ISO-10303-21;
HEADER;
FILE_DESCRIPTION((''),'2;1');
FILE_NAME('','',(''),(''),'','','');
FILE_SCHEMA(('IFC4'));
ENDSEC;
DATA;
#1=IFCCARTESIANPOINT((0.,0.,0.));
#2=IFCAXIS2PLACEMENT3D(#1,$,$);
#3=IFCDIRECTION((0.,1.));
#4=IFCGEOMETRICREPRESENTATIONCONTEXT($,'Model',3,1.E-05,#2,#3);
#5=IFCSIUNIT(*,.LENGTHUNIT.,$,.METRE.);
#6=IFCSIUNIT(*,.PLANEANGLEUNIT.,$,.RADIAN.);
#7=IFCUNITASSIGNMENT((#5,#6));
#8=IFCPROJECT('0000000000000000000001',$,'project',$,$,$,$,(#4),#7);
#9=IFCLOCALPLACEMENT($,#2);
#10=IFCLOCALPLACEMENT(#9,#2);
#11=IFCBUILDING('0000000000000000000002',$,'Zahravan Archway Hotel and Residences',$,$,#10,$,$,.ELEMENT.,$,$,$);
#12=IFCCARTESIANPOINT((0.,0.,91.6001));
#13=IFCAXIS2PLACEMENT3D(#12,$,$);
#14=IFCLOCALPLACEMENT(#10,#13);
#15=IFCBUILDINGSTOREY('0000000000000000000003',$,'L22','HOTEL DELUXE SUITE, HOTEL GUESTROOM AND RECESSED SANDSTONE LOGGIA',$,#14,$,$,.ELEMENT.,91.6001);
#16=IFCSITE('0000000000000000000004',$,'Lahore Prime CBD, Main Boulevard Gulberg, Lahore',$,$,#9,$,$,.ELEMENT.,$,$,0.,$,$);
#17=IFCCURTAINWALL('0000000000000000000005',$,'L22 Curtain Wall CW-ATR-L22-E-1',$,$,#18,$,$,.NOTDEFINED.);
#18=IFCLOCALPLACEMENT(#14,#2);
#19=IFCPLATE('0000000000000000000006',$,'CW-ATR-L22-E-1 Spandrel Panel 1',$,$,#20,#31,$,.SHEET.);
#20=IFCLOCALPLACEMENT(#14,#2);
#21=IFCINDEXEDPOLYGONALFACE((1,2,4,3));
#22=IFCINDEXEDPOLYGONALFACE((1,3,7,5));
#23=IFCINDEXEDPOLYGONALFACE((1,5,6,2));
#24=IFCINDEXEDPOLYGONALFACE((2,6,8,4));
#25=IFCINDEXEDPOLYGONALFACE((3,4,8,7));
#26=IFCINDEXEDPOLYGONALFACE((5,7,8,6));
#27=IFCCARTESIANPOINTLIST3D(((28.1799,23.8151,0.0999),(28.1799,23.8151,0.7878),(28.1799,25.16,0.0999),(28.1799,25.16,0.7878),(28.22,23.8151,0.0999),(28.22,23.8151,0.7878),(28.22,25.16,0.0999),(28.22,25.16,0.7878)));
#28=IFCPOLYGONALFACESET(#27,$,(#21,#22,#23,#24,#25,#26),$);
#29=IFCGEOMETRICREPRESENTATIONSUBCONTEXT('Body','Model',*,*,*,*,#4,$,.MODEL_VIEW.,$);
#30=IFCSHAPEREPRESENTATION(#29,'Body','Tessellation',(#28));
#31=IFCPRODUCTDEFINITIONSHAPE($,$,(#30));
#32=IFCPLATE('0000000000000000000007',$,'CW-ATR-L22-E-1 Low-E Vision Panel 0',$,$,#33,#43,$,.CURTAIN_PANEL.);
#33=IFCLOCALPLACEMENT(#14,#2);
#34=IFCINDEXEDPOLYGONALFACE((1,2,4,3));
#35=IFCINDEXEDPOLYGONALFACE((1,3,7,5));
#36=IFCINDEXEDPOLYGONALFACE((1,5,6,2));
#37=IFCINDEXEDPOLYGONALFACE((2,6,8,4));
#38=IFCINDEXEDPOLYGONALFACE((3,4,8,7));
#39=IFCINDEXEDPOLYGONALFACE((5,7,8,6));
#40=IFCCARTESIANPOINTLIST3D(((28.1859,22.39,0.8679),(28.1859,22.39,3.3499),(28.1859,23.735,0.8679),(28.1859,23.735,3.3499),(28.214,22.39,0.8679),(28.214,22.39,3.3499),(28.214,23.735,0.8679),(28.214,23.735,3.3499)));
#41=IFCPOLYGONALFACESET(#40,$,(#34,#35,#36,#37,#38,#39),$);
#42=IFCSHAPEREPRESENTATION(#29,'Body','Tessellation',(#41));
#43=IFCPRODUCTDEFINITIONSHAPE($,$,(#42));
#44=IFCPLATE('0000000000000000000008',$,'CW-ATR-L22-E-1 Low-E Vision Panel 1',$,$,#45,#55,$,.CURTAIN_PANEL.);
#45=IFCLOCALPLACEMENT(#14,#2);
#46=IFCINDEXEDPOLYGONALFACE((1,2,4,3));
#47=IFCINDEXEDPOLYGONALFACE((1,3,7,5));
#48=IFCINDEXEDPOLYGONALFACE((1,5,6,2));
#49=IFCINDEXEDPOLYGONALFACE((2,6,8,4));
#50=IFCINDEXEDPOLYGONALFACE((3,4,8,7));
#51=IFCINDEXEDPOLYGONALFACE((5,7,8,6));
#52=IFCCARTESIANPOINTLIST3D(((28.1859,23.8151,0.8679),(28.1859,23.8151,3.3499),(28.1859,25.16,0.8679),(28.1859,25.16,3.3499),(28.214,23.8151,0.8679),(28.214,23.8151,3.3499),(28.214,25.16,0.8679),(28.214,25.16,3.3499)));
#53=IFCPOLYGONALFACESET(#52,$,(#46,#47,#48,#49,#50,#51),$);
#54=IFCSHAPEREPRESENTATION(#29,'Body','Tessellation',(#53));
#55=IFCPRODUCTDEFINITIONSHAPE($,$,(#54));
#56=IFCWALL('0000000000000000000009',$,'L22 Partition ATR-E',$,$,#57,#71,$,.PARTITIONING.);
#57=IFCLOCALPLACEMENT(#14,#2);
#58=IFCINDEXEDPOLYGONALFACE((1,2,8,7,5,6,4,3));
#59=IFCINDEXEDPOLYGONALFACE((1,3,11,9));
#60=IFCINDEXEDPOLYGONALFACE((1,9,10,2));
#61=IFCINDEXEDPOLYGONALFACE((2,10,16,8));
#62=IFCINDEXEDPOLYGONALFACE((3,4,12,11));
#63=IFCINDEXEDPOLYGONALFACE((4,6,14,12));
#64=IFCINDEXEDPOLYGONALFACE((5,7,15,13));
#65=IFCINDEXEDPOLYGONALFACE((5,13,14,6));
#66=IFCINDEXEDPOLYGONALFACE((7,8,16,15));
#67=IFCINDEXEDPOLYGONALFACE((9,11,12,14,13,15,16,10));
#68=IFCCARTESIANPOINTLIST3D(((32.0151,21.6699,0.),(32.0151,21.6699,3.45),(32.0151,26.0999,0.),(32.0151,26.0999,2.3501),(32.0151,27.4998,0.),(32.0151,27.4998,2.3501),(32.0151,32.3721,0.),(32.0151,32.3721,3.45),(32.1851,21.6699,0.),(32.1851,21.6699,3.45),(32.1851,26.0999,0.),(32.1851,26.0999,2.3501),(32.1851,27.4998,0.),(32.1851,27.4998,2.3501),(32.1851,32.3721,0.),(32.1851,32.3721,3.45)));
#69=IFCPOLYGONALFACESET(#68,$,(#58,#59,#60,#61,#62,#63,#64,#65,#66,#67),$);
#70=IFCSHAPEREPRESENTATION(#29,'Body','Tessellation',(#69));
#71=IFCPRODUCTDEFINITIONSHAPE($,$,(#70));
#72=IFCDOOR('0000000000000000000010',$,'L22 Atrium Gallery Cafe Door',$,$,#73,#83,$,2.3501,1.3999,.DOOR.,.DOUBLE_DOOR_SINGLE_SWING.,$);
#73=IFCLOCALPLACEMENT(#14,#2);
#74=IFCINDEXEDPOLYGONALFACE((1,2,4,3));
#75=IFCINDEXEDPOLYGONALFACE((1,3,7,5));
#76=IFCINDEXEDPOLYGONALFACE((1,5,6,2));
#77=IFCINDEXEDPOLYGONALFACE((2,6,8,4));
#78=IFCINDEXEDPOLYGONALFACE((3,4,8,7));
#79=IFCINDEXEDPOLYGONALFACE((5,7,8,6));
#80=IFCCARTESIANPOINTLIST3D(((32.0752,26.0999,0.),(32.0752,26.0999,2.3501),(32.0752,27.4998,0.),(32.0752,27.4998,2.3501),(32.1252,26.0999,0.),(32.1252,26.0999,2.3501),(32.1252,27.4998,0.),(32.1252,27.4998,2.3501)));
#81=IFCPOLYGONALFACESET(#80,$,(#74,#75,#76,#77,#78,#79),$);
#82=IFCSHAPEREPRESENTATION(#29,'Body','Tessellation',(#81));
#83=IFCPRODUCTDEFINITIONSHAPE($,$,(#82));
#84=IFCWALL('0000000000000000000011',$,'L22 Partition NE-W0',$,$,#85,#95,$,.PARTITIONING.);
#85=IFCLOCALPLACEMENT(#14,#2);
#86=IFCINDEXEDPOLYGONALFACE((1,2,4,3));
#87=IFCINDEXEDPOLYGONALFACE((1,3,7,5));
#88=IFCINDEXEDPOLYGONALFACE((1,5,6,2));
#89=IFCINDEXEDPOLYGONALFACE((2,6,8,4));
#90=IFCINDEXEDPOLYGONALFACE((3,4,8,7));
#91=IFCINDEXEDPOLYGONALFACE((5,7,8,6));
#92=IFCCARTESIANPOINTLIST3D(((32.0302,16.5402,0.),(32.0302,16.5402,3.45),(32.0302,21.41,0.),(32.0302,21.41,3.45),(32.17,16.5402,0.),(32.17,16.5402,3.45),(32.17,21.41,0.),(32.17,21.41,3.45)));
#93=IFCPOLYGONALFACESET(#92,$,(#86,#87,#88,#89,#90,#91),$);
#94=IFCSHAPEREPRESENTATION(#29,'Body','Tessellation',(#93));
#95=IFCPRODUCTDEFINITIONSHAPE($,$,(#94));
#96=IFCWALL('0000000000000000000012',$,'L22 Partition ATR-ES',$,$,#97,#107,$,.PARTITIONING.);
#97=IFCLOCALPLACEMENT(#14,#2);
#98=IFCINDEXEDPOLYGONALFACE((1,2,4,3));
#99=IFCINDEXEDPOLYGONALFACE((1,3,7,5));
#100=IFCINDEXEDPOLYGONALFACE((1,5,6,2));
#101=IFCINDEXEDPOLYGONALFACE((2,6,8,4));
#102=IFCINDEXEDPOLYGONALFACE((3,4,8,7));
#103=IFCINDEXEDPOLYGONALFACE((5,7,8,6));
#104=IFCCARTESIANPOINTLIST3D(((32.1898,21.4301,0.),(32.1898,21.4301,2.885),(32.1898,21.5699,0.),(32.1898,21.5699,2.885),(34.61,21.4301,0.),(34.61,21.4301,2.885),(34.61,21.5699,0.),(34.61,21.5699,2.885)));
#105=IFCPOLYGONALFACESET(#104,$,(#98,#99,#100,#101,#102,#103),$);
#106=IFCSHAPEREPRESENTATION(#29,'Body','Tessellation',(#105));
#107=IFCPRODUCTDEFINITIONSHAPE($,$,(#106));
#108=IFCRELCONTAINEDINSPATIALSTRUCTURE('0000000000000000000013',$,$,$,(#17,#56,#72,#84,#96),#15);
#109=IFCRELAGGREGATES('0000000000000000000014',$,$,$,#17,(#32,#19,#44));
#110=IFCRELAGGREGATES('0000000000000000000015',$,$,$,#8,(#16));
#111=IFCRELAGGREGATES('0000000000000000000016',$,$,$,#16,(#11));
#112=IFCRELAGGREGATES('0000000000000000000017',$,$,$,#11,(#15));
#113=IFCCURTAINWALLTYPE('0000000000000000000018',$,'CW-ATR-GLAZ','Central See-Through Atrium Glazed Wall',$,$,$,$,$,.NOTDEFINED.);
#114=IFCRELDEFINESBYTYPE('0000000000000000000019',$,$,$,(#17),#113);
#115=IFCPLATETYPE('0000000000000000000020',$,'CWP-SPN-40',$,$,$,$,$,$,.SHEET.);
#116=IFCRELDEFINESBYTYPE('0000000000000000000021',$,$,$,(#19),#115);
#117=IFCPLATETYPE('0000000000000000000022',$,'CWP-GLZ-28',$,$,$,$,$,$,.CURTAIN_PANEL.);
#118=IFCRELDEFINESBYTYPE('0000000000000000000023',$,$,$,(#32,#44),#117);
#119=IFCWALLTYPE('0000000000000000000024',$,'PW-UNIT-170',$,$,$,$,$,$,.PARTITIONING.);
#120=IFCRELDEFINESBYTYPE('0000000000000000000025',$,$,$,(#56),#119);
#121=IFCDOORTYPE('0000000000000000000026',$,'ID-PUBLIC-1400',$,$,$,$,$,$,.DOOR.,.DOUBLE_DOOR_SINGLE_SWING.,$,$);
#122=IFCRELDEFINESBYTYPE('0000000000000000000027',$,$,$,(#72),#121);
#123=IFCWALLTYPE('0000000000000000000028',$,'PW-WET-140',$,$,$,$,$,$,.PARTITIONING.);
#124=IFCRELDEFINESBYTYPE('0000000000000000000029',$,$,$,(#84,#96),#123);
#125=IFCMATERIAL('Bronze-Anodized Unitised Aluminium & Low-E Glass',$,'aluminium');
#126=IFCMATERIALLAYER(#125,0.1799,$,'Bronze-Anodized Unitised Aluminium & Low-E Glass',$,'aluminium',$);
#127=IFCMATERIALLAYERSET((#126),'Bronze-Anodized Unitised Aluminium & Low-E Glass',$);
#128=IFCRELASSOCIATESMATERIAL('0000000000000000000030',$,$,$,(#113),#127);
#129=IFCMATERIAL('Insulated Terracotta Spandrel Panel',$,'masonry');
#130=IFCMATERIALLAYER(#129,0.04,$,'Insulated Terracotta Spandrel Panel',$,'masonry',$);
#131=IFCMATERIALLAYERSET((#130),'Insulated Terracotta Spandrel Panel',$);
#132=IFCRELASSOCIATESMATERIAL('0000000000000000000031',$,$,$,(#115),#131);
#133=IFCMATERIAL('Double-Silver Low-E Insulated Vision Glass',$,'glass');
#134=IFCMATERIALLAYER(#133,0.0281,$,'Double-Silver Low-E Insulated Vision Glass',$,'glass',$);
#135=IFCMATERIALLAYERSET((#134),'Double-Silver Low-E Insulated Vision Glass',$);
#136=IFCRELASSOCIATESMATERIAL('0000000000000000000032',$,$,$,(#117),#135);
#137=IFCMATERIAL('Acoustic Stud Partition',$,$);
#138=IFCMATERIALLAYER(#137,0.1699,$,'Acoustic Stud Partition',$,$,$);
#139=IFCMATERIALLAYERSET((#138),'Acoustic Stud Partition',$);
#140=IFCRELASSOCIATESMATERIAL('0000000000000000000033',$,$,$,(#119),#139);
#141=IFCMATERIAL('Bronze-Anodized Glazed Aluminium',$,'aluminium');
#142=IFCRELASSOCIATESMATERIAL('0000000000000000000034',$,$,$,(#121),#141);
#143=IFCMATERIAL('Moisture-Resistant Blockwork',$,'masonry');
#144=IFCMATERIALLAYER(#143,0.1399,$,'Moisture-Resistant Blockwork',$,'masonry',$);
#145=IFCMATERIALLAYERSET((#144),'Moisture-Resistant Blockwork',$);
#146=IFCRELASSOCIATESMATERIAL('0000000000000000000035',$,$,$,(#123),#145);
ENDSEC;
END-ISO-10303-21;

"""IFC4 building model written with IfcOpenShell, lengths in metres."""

from ifc_helpers import new_model, si_unit, direction, frame, frame_2d, origin, origin_2d, place, context, subcontext, project, spatial, rectangle, extrude, source, transform, mapped, material, layer, layer_set, type_object, type_shapes, element, fill, aggregate, save


model = new_model("IFC4")

# Units and contexts
model_context = context("Model", 3, precision=1e-05, world=origin(), true_north=direction((0.0, 1.0)))
body_context = subcontext(model_context, "Body", "Model", "MODEL_VIEW")
ifc_project = project(units=[si_unit("LENGTHUNIT", "METRE"), si_unit("PLANEANGLEUNIT", "RADIAN")], contexts=[model_context])

# Site, building, storey
site_placement = place(None, origin())
site = spatial("IfcSite", under=ifc_project, at=site_placement, Name="Lahore Prime CBD, Main Boulevard Gulberg, Lahore", CompositionType="ELEMENT", RefElevation=0.0)
building_placement = place(site_placement, origin())
building = spatial("IfcBuilding", under=site, at=building_placement, Name="Zahravan Archway Hotel and Residences", CompositionType="ELEMENT")
storey_placement = place(building_placement, frame((0.0, 0.0, 91.6001)))
storey = spatial("IfcBuildingStorey", under=building, at=storey_placement, Name="L22", Description="HOTEL DELUXE SUITE, HOTEL GUESTROOM AND RECESSED SANDSTONE LOGGIA", CompositionType="ELEMENT", Elevation=91.6001)

# Curtain wall
ifc_material_1 = material(Name="Bronze-Anodized Unitised Aluminium & Low-E Glass", Category="aluminium")
ifc_layer_1 = layer(ifc_material_1, 0.1799, Name="Bronze-Anodized Unitised Aluminium & Low-E Glass", Category="aluminium")
ifc_layer_set_1 = layer_set([ifc_layer_1], Name="Bronze-Anodized Unitised Aluminium & Low-E Glass")
curtain_wall_type = type_object("IfcCurtainWallType", Name="CW-ATR-GLAZ", Description="Central See-Through Atrium Glazed Wall", PredefinedType="NOTDEFINED", material=ifc_layer_set_1)
curtain_wall_1_placement = place(storey_placement, origin())
curtain_wall_1 = element("IfcCurtainWall", 1, at=curtain_wall_1_placement, inside=storey, type_object=curtain_wall_type, Name="L22 Curtain Wall CW-ATR-L22-E-1", PredefinedType="NOTDEFINED")

# Plates
ifc_material_2 = material(Name="Insulated Terracotta Spandrel Panel", Category="masonry")
ifc_layer_2 = layer(ifc_material_2, 0.04, Name="Insulated Terracotta Spandrel Panel", Category="masonry")
ifc_layer_set_2 = layer_set([ifc_layer_2], Name="Insulated Terracotta Spandrel Panel")
plate_type_1 = type_object("IfcPlateType", Name="CWP-SPN-40", PredefinedType="SHEET", material=ifc_layer_set_2)
ifc_material_3 = material(Name="Double-Silver Low-E Insulated Vision Glass", Category="glass")
ifc_layer_3 = layer(ifc_material_3, 0.0281, Name="Double-Silver Low-E Insulated Vision Glass", Category="glass")
ifc_layer_set_3 = layer_set([ifc_layer_3], Name="Double-Silver Low-E Insulated Vision Glass")
plate_type_2 = type_object("IfcPlateType", Name="CWP-GLZ-28", PredefinedType="CURTAIN_PANEL", material=ifc_layer_set_3)
shared_shape_1 = source(origin(), body_context, "Body", "SweptSolid", [
    extrude(rectangle(XDim=1.345, YDim=0.04, at=origin_2d()), origin(), (0.0, 0.0, 1.0), 0.688),
])
plate_1_placement = place(storey_placement, frame((28.2, 24.4875, 0.0999), z_axis=(0.0, 0.0, 1.0), x_axis=(0.0, 1.0, 0.0)))
plate_1 = element("IfcPlate", 2, at=plate_1_placement, type_object=plate_type_1, Name="CW-ATR-L22-E-1 Spandrel Panel 1", PredefinedType="SHEET", context=body_context, shape_type="MappedRepresentation", body=[
    mapped(shared_shape_1, transform((0.0, 0.0, 0.0), scale=1.0)),
])
shared_shape_2 = source(origin(), body_context, "Body", "SweptSolid", [
    extrude(rectangle(XDim=1.345, YDim=0.0281, at=origin_2d()), origin(), (0.0, 0.0, 1.0), 2.4819),
])
plate_2_placement = place(storey_placement, frame((28.2, 23.0625, 0.8679), z_axis=(0.0, 0.0, 1.0), x_axis=(0.0, 1.0, 0.0)))
plate_2 = element("IfcPlate", 3, at=plate_2_placement, type_object=plate_type_2, Name="CW-ATR-L22-E-1 Low-E Vision Panel 0", PredefinedType="CURTAIN_PANEL", context=body_context, shape_type="MappedRepresentation", body=[
    mapped(shared_shape_2, transform((0.0, 0.0, 0.0), scale=1.0)),
])
plate_3_placement = place(storey_placement, frame((28.2, 24.4875, 0.8679), z_axis=(0.0, 0.0, 1.0), x_axis=(0.0, 1.0, 0.0)))
plate_3 = element("IfcPlate", 4, at=plate_3_placement, type_object=plate_type_2, Name="CW-ATR-L22-E-1 Low-E Vision Panel 1", PredefinedType="CURTAIN_PANEL", context=body_context, shape_type="MappedRepresentation", body=[
    mapped(shared_shape_2, transform((0.0, 0.0, 0.0), scale=1.0)),
])
aggregate(curtain_wall_1, [plate_2, plate_1, plate_3])

# Wall, opening, door
ifc_material_4 = material(Name="Acoustic Stud Partition")
ifc_layer_4 = layer(ifc_material_4, 0.1699, Name="Acoustic Stud Partition")
ifc_layer_set_4 = layer_set([ifc_layer_4], Name="Acoustic Stud Partition")
wall_type_1 = type_object("IfcWallType", Name="PW-UNIT-170", PredefinedType="PARTITIONING", material=ifc_layer_set_4)
wall_1_placement = place(storey_placement, frame((32.1001, 21.6699, 0.0), z_axis=(0.0, 0.0, 1.0), x_axis=(0.0, 1.0, 0.0)))
wall_1 = element("IfcWall", 5, at=wall_1_placement, inside=storey, type_object=wall_type_1, Name="L22 Partition ATR-E", PredefinedType="PARTITIONING", context=body_context, shape_type="SweptSolid", body=[
    extrude(rectangle(XDim=10.7021, YDim=0.1699, at=frame_2d((5.3511, 0.0))), origin(), (0.0, 0.0, 1.0), 3.45),
])
opening_placement = place(wall_1_placement, frame((4.4299, 0.0, 0.0)))
opening = element("IfcOpeningElement", 6, at=opening_placement, cuts=wall_1, PredefinedType="OPENING", context=body_context, shape_type="SweptSolid", body=[
    extrude(rectangle(XDim=1.3999, YDim=2.3501, at=frame_2d((0.7, 1.175))), frame((0.0, 0.095, 0.0), z_axis=(0.0, -1.0, 0.0), x_axis=(1.0, 0.0, 0.0)), (0.0, 0.0, 1.0), 0.1899),
])
ifc_material_5 = material(Name="Bronze-Anodized Glazed Aluminium", Category="aluminium")
door_type = type_object("IfcDoorType", Name="ID-PUBLIC-1400", OperationType="DOUBLE_DOOR_SINGLE_SWING", PredefinedType="DOOR", material=ifc_material_5)
shared_shape_3 = source(origin(), body_context, "Body", "SweptSolid", [
    extrude(rectangle(XDim=1.3999, YDim=2.3501, at=frame_2d((0.7, 1.175))), frame((0.0, 0.0249, 0.0), z_axis=(0.0, -1.0, 0.0), x_axis=(1.0, 0.0, 0.0)), (0.0, 0.0, 1.0), 0.05),
])
type_shapes(door_type, [shared_shape_3])
door_placement = place(opening_placement, origin())
door = element("IfcDoor", 7, at=door_placement, inside=storey, type_object=door_type, Name="L22 Atrium Gallery Cafe Door", OperationType="DOUBLE_DOOR_SINGLE_SWING", OverallHeight=2.3501, OverallWidth=1.3999, PredefinedType="DOOR", context=body_context, shape_type="MappedRepresentation", body=[
    mapped(shared_shape_3, transform((0.0, 0.0, 0.0), scale=1.0)),
])
fill(opening, door)

# Walls
ifc_material_6 = material(Name="Moisture-Resistant Blockwork", Category="masonry")
ifc_layer_5 = layer(ifc_material_6, 0.1399, Name="Moisture-Resistant Blockwork", Category="masonry")
ifc_layer_set_5 = layer_set([ifc_layer_5], Name="Moisture-Resistant Blockwork")
wall_type_2 = type_object("IfcWallType", Name="PW-WET-140", PredefinedType="PARTITIONING", material=ifc_layer_set_5)
wall_2_placement = place(storey_placement, frame((32.1001, 16.54, 0.0), z_axis=(0.0, 0.0, 1.0), x_axis=(0.0, 1.0, 0.0)))
element("IfcWall", 8, at=wall_2_placement, inside=storey, type_object=wall_type_2, Name="L22 Partition NE-W0", PredefinedType="PARTITIONING", context=body_context, shape_type="SweptSolid", body=[
    extrude(rectangle(XDim=4.8699, YDim=0.1399, at=frame_2d((2.4351, 0.0))), origin(), (0.0, 0.0, 1.0), 3.45),
])
wall_3_placement = place(storey_placement, frame((32.1899, 21.5, 0.0), z_axis=(0.0, 0.0, 1.0), x_axis=(1.0, 0.0, 0.0)))
element("IfcWall", 9, at=wall_3_placement, inside=storey, type_object=wall_type_2, Name="L22 Partition ATR-ES", PredefinedType="PARTITIONING", context=body_context, shape_type="SweptSolid", body=[
    extrude(rectangle(XDim=2.4202, YDim=0.1399, at=frame_2d((1.21, 0.0))), origin(), (0.0, 0.0, 1.0), 2.885),
])

save(model, "model.ifc")
